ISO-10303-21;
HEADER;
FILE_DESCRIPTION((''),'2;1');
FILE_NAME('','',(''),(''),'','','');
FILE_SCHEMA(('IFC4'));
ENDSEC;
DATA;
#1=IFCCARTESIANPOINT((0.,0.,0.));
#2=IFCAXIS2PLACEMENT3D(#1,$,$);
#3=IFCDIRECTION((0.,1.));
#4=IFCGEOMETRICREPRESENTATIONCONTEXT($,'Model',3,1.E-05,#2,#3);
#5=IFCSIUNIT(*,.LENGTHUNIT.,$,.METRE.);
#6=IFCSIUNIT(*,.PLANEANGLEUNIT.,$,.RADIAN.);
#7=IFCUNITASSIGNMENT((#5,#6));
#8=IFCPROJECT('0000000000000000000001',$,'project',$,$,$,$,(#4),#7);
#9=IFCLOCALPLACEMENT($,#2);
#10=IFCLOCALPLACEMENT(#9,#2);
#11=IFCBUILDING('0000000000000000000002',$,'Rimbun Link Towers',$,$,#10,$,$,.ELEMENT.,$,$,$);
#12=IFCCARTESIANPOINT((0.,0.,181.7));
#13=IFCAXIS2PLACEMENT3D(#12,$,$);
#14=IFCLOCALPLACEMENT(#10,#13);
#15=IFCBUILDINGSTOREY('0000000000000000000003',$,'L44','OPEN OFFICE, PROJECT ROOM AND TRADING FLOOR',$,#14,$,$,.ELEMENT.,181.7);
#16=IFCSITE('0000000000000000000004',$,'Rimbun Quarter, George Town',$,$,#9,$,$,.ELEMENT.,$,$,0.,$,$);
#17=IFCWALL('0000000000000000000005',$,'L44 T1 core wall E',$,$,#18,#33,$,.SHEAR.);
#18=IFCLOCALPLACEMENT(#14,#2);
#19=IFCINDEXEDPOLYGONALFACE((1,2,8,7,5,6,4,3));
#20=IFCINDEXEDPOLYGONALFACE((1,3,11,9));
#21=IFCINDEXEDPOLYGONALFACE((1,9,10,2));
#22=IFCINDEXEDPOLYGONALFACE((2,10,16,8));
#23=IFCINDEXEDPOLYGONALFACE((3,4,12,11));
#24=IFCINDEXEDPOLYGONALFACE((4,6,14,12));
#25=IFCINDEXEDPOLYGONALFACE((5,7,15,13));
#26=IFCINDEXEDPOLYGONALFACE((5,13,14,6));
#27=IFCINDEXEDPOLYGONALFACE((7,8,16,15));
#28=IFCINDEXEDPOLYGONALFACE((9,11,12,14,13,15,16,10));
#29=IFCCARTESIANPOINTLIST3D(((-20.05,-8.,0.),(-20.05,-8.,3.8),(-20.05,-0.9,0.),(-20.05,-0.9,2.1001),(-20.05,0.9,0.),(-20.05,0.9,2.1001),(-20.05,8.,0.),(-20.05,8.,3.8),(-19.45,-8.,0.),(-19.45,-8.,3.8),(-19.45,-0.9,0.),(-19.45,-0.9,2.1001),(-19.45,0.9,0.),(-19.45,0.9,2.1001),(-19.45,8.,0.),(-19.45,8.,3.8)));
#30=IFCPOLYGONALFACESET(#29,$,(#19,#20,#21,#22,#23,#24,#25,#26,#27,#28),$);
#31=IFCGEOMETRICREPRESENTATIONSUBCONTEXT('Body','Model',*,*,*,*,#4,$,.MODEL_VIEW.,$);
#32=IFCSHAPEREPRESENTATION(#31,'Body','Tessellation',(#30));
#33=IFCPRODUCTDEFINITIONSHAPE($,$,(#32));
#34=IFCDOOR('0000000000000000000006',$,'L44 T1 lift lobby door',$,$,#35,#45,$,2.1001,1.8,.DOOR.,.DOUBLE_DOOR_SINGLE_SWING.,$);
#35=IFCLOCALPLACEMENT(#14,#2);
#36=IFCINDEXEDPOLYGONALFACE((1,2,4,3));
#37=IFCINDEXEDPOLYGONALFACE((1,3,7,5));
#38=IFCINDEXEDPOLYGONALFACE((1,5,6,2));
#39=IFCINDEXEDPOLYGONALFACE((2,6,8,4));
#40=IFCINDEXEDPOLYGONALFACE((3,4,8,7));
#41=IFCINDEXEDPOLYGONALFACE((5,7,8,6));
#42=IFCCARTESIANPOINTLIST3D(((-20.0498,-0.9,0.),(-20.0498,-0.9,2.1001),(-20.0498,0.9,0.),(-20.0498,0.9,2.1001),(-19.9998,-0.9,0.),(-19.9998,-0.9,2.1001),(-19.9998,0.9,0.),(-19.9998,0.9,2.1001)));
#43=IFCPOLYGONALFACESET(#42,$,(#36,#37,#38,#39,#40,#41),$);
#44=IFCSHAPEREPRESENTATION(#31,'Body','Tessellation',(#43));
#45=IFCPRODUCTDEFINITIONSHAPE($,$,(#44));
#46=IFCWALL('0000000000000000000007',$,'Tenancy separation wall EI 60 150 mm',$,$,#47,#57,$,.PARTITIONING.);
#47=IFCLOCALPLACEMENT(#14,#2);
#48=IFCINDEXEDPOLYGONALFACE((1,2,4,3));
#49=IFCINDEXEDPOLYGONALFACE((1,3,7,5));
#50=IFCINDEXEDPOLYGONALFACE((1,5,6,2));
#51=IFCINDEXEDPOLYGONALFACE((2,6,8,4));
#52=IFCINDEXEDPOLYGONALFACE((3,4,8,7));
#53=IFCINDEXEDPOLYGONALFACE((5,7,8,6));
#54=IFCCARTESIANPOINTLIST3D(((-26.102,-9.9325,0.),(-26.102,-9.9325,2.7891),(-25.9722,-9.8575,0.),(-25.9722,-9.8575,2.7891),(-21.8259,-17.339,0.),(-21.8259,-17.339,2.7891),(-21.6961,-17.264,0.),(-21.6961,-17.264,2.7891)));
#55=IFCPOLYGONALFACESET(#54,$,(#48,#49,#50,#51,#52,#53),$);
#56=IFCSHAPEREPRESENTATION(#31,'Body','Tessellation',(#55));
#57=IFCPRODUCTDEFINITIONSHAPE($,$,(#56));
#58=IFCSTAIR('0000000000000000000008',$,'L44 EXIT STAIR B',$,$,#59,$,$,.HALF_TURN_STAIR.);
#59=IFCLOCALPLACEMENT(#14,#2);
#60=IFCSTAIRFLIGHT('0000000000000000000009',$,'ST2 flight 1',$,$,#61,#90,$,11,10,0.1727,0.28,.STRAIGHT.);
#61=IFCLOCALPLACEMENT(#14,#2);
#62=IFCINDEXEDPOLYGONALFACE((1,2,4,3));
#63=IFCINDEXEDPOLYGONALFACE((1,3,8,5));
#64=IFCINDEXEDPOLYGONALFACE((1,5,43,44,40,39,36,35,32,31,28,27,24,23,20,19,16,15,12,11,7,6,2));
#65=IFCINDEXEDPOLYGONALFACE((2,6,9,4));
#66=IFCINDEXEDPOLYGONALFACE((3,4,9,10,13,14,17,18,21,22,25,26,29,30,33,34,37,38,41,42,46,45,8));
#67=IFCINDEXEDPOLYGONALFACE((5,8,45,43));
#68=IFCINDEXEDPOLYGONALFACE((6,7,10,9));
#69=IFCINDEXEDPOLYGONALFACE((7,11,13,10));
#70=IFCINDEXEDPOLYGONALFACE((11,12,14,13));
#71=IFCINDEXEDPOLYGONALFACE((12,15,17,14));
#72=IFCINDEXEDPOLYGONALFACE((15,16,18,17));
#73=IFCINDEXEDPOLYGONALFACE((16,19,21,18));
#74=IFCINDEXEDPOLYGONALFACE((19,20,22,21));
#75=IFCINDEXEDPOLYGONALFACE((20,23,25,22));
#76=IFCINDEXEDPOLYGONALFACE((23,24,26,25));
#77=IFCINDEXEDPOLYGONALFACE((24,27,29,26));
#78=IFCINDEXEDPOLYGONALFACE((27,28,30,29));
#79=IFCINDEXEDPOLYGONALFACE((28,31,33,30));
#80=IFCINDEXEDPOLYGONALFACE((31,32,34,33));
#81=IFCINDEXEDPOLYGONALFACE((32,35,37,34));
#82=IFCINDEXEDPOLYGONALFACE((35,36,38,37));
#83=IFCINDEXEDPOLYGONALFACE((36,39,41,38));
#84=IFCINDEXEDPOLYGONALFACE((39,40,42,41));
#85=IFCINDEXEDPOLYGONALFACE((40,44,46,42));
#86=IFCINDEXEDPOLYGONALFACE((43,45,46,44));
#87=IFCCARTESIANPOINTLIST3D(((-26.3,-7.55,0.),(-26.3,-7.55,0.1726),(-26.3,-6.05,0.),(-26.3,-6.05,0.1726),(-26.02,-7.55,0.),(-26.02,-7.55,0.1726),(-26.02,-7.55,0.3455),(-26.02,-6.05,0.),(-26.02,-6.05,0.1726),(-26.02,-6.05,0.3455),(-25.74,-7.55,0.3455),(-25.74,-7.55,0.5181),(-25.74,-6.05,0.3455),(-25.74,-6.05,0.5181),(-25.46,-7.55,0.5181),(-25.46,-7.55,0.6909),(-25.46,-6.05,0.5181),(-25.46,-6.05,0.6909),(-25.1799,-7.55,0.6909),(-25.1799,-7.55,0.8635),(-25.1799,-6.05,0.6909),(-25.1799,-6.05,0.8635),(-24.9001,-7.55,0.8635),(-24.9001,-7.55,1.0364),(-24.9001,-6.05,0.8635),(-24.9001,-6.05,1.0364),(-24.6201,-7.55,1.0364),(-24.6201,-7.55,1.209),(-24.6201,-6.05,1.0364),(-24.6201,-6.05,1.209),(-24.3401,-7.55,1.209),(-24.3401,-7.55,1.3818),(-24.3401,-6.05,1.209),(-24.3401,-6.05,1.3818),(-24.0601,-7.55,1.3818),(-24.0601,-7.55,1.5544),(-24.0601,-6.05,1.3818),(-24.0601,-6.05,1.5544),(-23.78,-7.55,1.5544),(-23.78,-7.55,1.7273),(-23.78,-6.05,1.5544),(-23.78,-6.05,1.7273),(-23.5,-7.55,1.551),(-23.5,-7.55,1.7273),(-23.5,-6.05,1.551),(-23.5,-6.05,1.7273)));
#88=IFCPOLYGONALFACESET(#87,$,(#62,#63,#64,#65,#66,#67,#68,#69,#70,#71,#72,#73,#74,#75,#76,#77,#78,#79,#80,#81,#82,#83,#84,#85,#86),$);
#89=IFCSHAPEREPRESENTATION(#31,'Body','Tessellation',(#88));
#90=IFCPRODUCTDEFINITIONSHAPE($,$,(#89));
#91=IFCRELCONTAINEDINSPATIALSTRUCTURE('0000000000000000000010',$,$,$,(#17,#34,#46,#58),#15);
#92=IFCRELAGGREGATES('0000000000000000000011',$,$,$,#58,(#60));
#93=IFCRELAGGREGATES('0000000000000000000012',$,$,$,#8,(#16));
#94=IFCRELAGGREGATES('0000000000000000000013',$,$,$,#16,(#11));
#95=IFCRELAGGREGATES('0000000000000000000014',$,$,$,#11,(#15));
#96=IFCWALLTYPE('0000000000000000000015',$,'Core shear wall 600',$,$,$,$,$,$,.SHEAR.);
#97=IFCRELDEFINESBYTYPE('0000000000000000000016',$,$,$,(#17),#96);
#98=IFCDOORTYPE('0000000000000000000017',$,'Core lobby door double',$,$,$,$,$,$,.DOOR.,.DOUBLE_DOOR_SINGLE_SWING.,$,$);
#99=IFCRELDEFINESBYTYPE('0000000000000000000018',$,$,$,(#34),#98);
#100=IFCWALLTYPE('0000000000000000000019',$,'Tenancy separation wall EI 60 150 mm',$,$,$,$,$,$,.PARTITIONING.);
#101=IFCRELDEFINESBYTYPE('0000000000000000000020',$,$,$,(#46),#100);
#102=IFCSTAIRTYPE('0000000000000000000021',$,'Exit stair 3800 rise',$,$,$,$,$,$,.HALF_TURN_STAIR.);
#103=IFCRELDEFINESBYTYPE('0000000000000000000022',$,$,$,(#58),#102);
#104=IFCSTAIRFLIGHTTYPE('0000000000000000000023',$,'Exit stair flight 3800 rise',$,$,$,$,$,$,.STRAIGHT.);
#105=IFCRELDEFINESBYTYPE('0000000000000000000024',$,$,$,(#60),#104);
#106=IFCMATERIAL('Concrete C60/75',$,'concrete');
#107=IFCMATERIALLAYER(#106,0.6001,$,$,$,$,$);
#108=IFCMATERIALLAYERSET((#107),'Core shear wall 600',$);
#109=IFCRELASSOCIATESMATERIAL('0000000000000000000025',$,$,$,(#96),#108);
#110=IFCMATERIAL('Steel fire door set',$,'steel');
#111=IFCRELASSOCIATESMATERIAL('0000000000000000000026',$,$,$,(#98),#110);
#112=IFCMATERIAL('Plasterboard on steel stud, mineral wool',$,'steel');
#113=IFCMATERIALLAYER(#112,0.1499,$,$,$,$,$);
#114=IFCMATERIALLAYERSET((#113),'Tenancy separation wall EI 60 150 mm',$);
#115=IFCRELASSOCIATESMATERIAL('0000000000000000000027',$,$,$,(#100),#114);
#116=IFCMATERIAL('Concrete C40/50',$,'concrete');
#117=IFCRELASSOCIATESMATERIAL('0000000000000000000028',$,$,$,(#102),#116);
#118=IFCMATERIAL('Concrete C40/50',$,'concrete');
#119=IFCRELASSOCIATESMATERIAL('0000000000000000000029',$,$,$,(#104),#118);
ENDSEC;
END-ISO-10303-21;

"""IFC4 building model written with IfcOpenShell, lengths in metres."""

from ifc_helpers import new_model, si_unit, direction, frame, frame_2d, origin, place, context, subcontext, project, spatial, polyline, rectangle, outline, extrude, material, layer, layer_set, type_object, element, fill, aggregate, save


model = new_model("IFC4")

# Units and contexts
model_context = context("Model", 3, precision=1e-05, world=origin(), true_north=direction((0.0, 1.0)))
body_context = subcontext(model_context, "Body", "Model", "MODEL_VIEW")
ifc_project = project(units=[si_unit("LENGTHUNIT", "METRE"), si_unit("PLANEANGLEUNIT", "RADIAN")], contexts=[model_context])

# Site, building, storey
site_placement = place(None, origin())
site = spatial("IfcSite", under=ifc_project, at=site_placement, Name="Rimbun Quarter, George Town", CompositionType="ELEMENT", RefElevation=0.0)
building_placement = place(site_placement, origin())
building = spatial("IfcBuilding", under=site, at=building_placement, Name="Rimbun Link Towers", CompositionType="ELEMENT")
storey_placement = place(building_placement, frame((0.0, 0.0, 181.7)))
storey = spatial("IfcBuildingStorey", under=building, at=storey_placement, Name="L44", Description="OPEN OFFICE, PROJECT ROOM AND TRADING FLOOR", CompositionType="ELEMENT", Elevation=181.7)

# Wall, opening, door
ifc_material_1 = material(Name="Concrete C60/75", Category="concrete")
ifc_layer_1 = layer(ifc_material_1, 0.6001)
ifc_layer_set_1 = layer_set([ifc_layer_1], Name="Core shear wall 600")
wall_type_1 = type_object("IfcWallType", Name="Core shear wall 600", PredefinedType="SHEAR", material=ifc_layer_set_1)
wall_1_placement = place(storey_placement, frame((-19.75, -8.0, 0.0), z_axis=(0.0, 0.0, 1.0), x_axis=(0.0, 1.0, 0.0)))
wall_1 = element("IfcWall", 1, at=wall_1_placement, inside=storey, type_object=wall_type_1, Name="L44 T1 core wall E", PredefinedType="SHEAR", context=body_context, shape_type="SweptSolid", body=[
    extrude(rectangle(XDim=16.0, YDim=0.6001, at=frame_2d((8.0, 0.0))), origin(), (0.0, 0.0, 1.0), 3.8),
])
opening_placement = place(wall_1_placement, frame((7.1001, 0.0, 0.0)))
opening = element("IfcOpeningElement", 2, at=opening_placement, cuts=wall_1, PredefinedType="OPENING", context=body_context, shape_type="SweptSolid", body=[
    extrude(rectangle(XDim=1.8, YDim=2.1001, at=frame_2d((0.8999, 1.05))), frame((0.0, 0.3101, 0.0), z_axis=(0.0, -1.0, 0.0), x_axis=(1.0, 0.0, 0.0)), (0.0, 0.0, 1.0), 0.6201),
])
ifc_material_2 = material(Name="Steel fire door set", Category="steel")
door_type = type_object("IfcDoorType", Name="Core lobby door double", OperationType="DOUBLE_DOOR_SINGLE_SWING", PredefinedType="DOOR", material=ifc_material_2)
door_placement = place(opening_placement, origin())
door = element("IfcDoor", 3, at=door_placement, inside=storey, type_object=door_type, Name="L44 T1 lift lobby door", OperationType="DOUBLE_DOOR_SINGLE_SWING", OverallHeight=2.1001, OverallWidth=1.8, PredefinedType="DOOR", context=body_context, shape_type="SweptSolid", body=[
    extrude(rectangle(XDim=1.8, YDim=2.1001, at=frame_2d((0.8999, 1.05))), frame((0.0, 0.2998, 0.0), z_axis=(0.0, -1.0, 0.0), x_axis=(1.0, 0.0, 0.0)), (0.0, 0.0, 1.0), 0.05),
])
fill(opening, door)

# Wall
ifc_material_3 = material(Name="Plasterboard on steel stud, mineral wool", Category="steel")
ifc_layer_2 = layer(ifc_material_3, 0.1499)
ifc_layer_set_2 = layer_set([ifc_layer_2], Name="Tenancy separation wall EI 60 150 mm")
wall_type_2 = type_object("IfcWallType", Name="Tenancy separation wall EI 60 150 mm", PredefinedType="PARTITIONING", material=ifc_layer_set_2)
wall_2_placement = place(storey_placement, frame((-26.0371, -9.895, 0.0), z_axis=(0.0, 0.0, 1.0), x_axis=(0.499998, -0.866026, 0.0)))
element("IfcWall", 4, at=wall_2_placement, inside=storey, type_object=wall_type_2, Name="Tenancy separation wall EI 60 150 mm", PredefinedType="PARTITIONING", context=body_context, shape_type="SweptSolid", body=[
    extrude(rectangle(XDim=8.5522, YDim=0.1499, at=frame_2d((4.2761, 0.0))), origin(), (0.0, 0.0, 1.0), 2.7891),
])

# Stair, stair flight
ifc_material_4 = material(Name="Concrete C40/50", Category="concrete")
stair_type = type_object("IfcStairType", Name="Exit stair 3800 rise", PredefinedType="HALF_TURN_STAIR", material=ifc_material_4)
stair_placement = place(storey_placement, origin())
stair = element("IfcStair", 5, at=stair_placement, inside=storey, type_object=stair_type, Name="L44 EXIT STAIR B", PredefinedType="HALF_TURN_STAIR")
ifc_material_5 = material(Name="Concrete C40/50", Category="concrete")
stair_flight_type = type_object("IfcStairFlightType", Name="Exit stair flight 3800 rise", PredefinedType="STRAIGHT", material=ifc_material_5)
stair_flight_placement = place(storey_placement, frame((-26.3, -6.8, 0.0), z_axis=(0.0, 0.0, 1.0), x_axis=(1.0, 0.0, 0.0)))
stair_flight = element("IfcStairFlight", 6, at=stair_flight_placement, type_object=stair_flight_type, Name="ST2 flight 1", NumberOfRisers=11, NumberOfTreads=10, PredefinedType="STRAIGHT", RiserHeight=0.1727, TreadLength=0.28, context=body_context, shape_type="SweptSolid", body=[
    extrude(outline(polyline([(0.0, 0.0), (0.0, 0.1726), (0.28, 0.1726), (0.28, 0.3455), (0.5601, 0.3455), (0.5601, 0.5181), (0.8401, 0.5181), (0.8401, 0.6909), (1.1201, 0.6909), (1.1201, 0.8635), (1.3999, 0.8635), (1.3999, 1.0364), (1.6799, 1.0364), (1.6799, 1.209), (1.96, 1.209), (1.96, 1.3818), (2.24, 1.3818), (2.24, 1.5544), (2.52, 1.5544), (2.52, 1.7273), (2.8, 1.7273), (2.8, 1.8999), (2.8, 1.551), (0.28, 0.0), (0.0, 0.0)])), frame((0.0, 0.75, 0.0), z_axis=(0.0, -1.0, 0.0), x_axis=(1.0, 0.0, 0.0)), (0.0, 0.0, 1.0), 1.5),
])
aggregate(stair, [stair_flight])

save(model, "model.ifc")
